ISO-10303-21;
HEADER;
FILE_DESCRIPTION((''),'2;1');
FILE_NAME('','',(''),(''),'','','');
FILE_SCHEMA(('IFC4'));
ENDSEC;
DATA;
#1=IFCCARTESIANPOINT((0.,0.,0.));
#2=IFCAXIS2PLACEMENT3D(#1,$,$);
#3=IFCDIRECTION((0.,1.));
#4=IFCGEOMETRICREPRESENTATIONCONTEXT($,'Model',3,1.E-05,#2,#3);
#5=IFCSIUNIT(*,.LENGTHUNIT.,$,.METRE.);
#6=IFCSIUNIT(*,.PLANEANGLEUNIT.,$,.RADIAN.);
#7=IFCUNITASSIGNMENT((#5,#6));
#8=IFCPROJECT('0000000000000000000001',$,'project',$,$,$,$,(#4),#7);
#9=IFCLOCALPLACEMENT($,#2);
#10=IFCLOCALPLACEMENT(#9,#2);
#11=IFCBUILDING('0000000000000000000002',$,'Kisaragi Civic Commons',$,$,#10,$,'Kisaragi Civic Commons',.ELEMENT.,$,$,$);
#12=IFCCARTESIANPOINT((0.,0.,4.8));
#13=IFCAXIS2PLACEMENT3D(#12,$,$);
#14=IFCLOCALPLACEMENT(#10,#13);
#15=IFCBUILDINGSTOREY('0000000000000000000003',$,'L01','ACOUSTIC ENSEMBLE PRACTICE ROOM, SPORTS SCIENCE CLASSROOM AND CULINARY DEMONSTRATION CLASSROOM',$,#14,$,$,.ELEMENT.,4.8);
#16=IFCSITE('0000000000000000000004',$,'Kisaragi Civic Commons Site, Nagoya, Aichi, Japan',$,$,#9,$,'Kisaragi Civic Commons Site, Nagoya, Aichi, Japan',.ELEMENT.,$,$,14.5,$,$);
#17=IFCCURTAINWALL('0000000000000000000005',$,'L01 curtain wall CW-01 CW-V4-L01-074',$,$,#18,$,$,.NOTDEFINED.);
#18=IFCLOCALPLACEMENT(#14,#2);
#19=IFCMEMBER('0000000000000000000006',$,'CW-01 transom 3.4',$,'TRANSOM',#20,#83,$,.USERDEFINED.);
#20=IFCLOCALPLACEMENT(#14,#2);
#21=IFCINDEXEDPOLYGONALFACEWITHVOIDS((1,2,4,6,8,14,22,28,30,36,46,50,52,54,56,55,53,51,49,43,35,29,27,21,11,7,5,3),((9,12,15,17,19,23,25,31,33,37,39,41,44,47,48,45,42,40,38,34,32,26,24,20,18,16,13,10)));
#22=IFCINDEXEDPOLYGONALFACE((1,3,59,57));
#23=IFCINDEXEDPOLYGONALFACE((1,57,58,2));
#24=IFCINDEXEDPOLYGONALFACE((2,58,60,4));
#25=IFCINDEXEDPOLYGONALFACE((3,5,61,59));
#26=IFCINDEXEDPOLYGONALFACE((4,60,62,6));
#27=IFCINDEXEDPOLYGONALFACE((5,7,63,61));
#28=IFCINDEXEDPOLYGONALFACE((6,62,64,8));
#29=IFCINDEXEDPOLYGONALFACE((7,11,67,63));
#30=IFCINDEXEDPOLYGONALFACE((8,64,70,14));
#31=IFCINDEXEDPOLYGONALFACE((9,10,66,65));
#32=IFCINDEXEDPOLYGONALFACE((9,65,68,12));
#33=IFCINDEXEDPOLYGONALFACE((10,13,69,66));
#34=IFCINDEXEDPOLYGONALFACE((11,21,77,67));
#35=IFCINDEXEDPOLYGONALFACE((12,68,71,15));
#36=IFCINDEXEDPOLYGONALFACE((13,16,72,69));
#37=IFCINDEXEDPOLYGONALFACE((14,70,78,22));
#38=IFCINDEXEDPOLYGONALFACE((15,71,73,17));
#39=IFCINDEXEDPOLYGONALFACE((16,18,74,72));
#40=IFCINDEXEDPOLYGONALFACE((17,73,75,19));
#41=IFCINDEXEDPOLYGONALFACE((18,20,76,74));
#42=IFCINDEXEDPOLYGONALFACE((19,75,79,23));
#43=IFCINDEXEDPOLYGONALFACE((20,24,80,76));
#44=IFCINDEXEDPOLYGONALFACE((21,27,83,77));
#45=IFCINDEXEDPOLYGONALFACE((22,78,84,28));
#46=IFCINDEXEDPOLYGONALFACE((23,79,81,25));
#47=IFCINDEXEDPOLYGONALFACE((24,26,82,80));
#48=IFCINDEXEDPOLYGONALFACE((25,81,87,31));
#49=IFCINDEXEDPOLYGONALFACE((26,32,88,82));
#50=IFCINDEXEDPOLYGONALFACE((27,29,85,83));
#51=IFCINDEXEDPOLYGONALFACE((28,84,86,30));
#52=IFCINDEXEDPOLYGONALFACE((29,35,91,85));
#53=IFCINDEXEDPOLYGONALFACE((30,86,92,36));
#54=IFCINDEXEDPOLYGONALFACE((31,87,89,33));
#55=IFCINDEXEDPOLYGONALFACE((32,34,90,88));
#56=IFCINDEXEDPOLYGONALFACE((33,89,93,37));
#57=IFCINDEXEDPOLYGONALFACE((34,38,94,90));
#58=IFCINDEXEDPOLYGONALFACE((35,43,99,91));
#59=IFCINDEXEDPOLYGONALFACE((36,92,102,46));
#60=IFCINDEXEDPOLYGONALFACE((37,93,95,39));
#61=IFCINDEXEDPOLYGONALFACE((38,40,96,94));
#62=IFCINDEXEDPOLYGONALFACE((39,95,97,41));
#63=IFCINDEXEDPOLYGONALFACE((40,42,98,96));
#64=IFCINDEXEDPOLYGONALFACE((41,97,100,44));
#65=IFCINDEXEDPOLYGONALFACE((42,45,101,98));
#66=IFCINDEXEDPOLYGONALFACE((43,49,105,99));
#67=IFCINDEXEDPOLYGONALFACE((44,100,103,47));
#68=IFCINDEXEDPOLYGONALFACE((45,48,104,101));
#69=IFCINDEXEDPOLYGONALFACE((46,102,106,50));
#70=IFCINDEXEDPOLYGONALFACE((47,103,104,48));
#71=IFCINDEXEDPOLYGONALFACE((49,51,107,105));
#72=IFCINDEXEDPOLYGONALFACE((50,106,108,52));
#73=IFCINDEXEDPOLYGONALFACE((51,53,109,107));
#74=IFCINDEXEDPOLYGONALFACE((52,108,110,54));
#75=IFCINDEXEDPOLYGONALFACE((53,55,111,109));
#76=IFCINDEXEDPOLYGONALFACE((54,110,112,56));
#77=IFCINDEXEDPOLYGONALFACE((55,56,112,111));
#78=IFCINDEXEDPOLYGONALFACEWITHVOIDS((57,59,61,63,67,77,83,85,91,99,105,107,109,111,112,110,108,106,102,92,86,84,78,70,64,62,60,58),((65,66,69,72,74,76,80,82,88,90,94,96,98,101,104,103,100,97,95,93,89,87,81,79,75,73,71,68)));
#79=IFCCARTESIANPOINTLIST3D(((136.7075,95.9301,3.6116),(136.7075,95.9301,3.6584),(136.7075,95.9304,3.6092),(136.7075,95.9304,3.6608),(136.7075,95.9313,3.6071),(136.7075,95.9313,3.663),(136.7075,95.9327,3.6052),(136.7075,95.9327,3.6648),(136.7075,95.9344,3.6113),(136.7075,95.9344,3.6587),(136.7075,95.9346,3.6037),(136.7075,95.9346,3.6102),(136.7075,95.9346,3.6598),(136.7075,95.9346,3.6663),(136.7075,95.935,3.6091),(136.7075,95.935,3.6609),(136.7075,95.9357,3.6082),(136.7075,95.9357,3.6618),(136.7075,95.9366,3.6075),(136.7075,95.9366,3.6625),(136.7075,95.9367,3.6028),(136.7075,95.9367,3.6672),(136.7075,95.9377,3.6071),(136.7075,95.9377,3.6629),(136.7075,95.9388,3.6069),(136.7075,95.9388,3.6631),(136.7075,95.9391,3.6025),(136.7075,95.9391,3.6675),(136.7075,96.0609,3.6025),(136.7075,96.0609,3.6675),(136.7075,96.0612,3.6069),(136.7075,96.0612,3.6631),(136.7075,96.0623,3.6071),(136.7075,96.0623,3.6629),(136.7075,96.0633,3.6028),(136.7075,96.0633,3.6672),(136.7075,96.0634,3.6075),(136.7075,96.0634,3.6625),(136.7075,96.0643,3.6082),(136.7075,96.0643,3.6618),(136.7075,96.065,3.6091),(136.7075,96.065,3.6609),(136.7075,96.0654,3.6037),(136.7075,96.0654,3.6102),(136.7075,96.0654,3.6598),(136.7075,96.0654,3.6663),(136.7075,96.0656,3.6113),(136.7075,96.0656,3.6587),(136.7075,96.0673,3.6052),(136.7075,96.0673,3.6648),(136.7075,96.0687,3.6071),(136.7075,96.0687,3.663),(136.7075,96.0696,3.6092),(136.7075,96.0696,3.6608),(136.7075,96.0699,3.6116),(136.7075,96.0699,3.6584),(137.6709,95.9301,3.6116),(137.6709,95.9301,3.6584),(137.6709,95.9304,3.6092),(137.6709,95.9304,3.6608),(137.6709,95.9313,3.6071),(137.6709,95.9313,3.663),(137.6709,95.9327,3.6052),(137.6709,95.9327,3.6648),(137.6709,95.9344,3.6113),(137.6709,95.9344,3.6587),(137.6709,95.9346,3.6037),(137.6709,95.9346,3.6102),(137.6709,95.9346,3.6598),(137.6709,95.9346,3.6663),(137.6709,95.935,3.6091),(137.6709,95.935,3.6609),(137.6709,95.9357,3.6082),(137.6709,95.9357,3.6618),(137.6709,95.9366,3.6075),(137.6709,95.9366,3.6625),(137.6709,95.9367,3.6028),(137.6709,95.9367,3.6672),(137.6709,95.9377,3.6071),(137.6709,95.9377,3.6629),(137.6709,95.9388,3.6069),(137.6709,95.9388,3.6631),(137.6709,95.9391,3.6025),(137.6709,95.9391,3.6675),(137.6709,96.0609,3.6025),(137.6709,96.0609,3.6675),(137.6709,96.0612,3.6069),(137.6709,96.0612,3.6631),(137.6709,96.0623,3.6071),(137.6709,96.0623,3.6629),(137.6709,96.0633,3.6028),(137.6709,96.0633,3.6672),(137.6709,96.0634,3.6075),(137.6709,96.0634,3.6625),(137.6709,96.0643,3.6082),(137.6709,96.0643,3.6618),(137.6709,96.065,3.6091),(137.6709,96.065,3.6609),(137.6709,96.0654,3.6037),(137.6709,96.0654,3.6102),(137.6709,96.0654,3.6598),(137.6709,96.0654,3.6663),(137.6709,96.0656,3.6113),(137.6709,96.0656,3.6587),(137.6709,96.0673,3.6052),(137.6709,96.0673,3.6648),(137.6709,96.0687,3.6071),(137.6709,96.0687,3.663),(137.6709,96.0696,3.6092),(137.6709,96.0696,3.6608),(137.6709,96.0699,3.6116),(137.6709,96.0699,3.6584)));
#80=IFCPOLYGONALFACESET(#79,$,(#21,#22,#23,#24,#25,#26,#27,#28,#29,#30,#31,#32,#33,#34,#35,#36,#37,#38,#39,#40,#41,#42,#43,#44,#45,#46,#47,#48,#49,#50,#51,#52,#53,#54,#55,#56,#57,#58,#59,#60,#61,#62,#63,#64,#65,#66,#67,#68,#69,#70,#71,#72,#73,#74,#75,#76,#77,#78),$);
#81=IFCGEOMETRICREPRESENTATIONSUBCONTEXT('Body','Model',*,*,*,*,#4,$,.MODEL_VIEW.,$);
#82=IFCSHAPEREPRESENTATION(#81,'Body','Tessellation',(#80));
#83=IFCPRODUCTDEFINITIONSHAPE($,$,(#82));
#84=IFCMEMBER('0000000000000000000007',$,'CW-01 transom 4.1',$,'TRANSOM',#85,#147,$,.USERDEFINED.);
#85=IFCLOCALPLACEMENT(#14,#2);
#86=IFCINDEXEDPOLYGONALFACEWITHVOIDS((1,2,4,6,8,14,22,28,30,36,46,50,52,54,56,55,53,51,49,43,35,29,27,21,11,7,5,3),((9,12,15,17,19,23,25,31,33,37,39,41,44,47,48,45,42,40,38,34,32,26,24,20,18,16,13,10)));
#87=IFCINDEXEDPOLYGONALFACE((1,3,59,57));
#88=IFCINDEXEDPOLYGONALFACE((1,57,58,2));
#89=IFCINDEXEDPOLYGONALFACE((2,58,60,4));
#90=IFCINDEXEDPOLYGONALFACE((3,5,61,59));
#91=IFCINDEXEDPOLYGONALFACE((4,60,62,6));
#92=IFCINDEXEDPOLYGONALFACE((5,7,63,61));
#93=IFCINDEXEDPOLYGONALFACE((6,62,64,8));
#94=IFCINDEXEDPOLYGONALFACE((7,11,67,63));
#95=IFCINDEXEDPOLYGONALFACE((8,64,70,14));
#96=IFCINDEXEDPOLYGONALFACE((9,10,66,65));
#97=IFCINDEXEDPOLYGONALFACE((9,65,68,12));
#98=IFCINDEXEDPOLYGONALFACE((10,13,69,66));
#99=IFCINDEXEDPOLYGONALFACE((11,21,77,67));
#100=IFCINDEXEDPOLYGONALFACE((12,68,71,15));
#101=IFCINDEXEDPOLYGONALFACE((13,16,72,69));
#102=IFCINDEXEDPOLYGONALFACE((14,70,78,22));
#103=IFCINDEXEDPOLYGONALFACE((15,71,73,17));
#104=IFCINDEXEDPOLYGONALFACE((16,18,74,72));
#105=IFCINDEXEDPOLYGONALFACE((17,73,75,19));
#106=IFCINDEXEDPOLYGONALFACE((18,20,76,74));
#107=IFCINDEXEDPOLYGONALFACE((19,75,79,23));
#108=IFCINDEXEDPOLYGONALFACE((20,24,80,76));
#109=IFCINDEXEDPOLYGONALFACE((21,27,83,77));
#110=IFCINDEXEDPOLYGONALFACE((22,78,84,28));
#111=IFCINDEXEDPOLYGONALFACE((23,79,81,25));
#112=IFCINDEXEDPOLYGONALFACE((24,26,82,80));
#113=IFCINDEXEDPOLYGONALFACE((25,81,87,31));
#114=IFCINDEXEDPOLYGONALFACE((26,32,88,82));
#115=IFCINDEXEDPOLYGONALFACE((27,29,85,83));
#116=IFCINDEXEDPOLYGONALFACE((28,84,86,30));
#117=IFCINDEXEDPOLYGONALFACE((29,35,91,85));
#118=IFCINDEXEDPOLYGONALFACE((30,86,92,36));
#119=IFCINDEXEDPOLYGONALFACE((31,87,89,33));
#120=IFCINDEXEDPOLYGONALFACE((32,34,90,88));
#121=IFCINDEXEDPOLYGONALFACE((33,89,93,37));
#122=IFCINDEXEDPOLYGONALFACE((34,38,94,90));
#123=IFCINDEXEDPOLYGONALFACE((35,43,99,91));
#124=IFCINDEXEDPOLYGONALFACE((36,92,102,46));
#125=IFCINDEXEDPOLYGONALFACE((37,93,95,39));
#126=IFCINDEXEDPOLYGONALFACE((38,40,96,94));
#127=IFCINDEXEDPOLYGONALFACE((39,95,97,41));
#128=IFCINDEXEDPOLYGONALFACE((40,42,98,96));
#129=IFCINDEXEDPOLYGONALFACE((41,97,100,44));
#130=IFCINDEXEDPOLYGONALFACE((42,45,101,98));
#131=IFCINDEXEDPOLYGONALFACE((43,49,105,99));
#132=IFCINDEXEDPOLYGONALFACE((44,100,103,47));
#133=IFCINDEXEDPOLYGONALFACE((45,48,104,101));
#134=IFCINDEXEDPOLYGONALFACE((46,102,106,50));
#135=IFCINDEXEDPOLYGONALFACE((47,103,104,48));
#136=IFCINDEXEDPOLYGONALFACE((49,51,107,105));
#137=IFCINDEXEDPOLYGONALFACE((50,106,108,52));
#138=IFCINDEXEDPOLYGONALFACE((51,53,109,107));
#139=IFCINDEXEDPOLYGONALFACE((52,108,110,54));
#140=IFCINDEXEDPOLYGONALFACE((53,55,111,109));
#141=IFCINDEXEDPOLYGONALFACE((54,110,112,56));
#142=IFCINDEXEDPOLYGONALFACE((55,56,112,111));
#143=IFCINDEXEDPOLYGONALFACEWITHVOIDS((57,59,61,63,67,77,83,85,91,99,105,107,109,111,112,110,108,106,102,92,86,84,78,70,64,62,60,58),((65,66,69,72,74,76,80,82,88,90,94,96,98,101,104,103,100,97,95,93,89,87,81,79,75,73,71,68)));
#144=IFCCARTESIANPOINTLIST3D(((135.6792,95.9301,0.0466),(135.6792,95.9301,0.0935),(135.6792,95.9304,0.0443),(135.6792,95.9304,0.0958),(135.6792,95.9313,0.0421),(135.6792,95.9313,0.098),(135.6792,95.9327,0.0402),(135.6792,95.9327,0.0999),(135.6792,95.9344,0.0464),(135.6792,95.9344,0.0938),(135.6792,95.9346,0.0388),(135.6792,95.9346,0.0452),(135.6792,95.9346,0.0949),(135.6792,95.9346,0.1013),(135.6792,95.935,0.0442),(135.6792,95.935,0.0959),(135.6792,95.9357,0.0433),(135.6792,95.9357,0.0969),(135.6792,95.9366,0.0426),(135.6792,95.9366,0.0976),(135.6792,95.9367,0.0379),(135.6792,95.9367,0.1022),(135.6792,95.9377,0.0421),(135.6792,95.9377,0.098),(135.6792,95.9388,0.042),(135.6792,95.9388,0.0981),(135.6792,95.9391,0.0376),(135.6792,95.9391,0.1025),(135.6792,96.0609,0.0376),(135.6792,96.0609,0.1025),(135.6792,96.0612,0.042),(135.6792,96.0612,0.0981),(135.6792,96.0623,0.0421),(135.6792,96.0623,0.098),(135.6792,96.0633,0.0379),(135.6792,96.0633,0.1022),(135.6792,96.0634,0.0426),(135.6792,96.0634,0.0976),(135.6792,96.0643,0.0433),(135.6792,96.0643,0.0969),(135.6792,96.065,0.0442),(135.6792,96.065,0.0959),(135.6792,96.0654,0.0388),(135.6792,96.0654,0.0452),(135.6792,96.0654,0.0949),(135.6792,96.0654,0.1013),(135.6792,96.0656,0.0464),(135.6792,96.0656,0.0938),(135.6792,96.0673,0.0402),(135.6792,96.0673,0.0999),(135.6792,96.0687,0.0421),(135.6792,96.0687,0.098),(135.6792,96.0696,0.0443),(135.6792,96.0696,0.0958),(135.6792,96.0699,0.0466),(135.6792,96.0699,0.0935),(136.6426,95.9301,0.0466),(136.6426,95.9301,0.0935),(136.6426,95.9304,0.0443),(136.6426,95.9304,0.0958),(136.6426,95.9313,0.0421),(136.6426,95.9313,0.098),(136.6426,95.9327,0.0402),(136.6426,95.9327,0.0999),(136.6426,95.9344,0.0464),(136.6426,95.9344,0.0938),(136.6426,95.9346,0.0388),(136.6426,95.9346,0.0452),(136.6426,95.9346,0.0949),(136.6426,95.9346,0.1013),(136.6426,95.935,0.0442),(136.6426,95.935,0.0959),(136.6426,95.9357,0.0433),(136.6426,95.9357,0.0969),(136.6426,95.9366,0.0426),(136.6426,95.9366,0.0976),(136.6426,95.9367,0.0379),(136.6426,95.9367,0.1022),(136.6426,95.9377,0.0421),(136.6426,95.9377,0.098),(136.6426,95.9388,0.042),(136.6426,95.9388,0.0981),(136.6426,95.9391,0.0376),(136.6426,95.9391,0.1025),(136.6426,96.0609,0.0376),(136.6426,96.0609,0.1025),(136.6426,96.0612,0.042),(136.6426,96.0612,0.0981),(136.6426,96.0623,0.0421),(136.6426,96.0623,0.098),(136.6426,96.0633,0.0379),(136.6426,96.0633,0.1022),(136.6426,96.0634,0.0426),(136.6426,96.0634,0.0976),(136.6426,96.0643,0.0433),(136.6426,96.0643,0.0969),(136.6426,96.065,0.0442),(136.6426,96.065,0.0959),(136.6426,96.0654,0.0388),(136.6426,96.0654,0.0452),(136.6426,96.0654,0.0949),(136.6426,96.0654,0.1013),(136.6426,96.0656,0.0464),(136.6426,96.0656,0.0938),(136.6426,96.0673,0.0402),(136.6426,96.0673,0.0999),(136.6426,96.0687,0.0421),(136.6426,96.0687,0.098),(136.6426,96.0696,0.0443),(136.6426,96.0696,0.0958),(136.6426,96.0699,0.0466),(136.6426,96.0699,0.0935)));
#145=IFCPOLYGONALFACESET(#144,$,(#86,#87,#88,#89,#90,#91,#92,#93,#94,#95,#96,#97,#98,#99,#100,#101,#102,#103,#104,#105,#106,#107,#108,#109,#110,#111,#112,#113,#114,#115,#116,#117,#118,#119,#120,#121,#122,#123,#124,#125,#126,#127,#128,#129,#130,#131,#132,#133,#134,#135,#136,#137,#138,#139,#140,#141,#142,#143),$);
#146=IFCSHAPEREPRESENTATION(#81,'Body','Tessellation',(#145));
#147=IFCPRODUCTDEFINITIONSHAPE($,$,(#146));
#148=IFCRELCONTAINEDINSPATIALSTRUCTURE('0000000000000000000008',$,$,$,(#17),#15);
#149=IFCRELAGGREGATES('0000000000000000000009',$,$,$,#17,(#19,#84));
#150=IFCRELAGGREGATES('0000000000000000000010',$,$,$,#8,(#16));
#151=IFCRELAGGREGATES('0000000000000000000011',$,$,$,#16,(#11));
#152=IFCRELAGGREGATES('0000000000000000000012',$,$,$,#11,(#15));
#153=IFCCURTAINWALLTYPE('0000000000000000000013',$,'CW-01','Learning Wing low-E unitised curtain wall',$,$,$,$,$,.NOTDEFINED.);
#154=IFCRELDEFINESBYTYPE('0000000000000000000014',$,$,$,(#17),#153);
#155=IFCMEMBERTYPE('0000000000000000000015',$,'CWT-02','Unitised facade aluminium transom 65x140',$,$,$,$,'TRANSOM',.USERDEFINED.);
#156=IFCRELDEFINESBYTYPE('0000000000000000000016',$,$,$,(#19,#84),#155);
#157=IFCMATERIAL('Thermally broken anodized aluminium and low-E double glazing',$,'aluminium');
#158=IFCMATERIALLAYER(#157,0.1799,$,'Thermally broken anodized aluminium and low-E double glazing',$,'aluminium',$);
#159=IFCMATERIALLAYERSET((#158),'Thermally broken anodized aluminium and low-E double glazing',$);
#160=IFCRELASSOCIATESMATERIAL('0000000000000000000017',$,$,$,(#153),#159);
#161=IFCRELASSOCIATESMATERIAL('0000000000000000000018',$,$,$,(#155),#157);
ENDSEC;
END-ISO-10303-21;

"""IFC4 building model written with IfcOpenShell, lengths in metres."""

from ifc_helpers import new_model, si_unit, direction, frame, origin, origin_2d, place, context, subcontext, project, spatial, hollow_rectangle, extrude, material, layer, layer_set, material_profile, profile_set, type_object, element, aggregate, save


model = new_model("IFC4")

# Units and contexts
model_context = context("Model", 3, precision=1e-05, world=origin(), true_north=direction((0.0, 1.0)))
body_context = subcontext(model_context, "Body", "Model", "MODEL_VIEW")
ifc_project = project(units=[si_unit("LENGTHUNIT", "METRE"), si_unit("PLANEANGLEUNIT", "RADIAN")], contexts=[model_context])

# Site, building, storey
site_placement = place(None, origin())
site = spatial("IfcSite", under=ifc_project, at=site_placement, Name="Kisaragi Civic Commons Site, Nagoya, Aichi, Japan", LongName="Kisaragi Civic Commons Site, Nagoya, Aichi, Japan", CompositionType="ELEMENT", RefElevation=14.5)
building_placement = place(site_placement, origin())
building = spatial("IfcBuilding", under=site, at=building_placement, Name="Kisaragi Civic Commons", LongName="Kisaragi Civic Commons", CompositionType="ELEMENT")
storey_placement = place(building_placement, frame((0.0, 0.0, 4.8)))
storey = spatial("IfcBuildingStorey", under=building, at=storey_placement, Name="L01", Description="ACOUSTIC ENSEMBLE PRACTICE ROOM, SPORTS SCIENCE CLASSROOM AND CULINARY DEMONSTRATION CLASSROOM", CompositionType="ELEMENT", Elevation=4.8)

# Curtain wall, members
ifc_material = material(Name="Thermally broken anodized aluminium and low-E double glazing", Category="aluminium")
ifc_layer_1 = layer(ifc_material, 0.1799, Name="Thermally broken anodized aluminium and low-E double glazing", Category="aluminium")
ifc_layer_set_1 = layer_set([ifc_layer_1], Name="Thermally broken anodized aluminium and low-E double glazing")
curtain_wall_type = type_object("IfcCurtainWallType", Name="CW-01", Description="Learning Wing low-E unitised curtain wall", PredefinedType="NOTDEFINED", material=ifc_layer_set_1)
curtain_wall_placement = place(storey_placement, origin())
curtain_wall = element("IfcCurtainWall", 1, at=curtain_wall_placement, inside=storey, type_object=curtain_wall_type, Name="L01 curtain wall CW-01 CW-V4-L01-074", PredefinedType="NOTDEFINED")
ifc_material_profile_1 = material_profile(ifc_material, hollow_rectangle(XDim=0.1399, YDim=0.0649, WallThickness=0.0044, InnerFilletRadius=0.0044, OuterFilletRadius=0.009, at=origin_2d()), Name="CWT-65x140x4.5", Category="aluminium")
ifc_profile_set_1 = profile_set([ifc_material_profile_1], Name="Thermally broken anodized aluminium and low-E double glazing")
member_type_1 = type_object("IfcMemberType", Name="CWT-02", Description="Unitised facade aluminium transom 65x140", ElementType="TRANSOM", PredefinedType="USERDEFINED", material=ifc_profile_set_1)
member_1_placement = place(storey_placement, frame((137.6709, 96.0, 3.635), z_axis=(-1.0, 0.0, 0.0), x_axis=(0.0, -1.0, 0.0)))
member_1 = element("IfcMember", 2, at=member_1_placement, type_object=member_type_1, Name="CW-01 transom 3.4", ObjectType="TRANSOM", PredefinedType="USERDEFINED", context=body_context, shape_type="SweptSolid", body=[
    extrude(hollow_rectangle(XDim=0.1399, YDim=0.0649, WallThickness=0.0044, InnerFilletRadius=0.0044, OuterFilletRadius=0.009, at=origin_2d()), origin(), (0.0, 0.0, 1.0), 0.9634),
])
member_2_placement = place(storey_placement, frame((136.6426, 96.0, 0.0701), z_axis=(-1.0, 0.0, 0.0), x_axis=(0.0, -1.0, 0.0)))
member_2 = element("IfcMember", 3, at=member_2_placement, type_object=member_type_1, Name="CW-01 transom 4.1", ObjectType="TRANSOM", PredefinedType="USERDEFINED", context=body_context, shape_type="SweptSolid", body=[
    extrude(hollow_rectangle(XDim=0.1399, YDim=0.0649, WallThickness=0.0044, InnerFilletRadius=0.0044, OuterFilletRadius=0.009, at=origin_2d()), origin(), (0.0, 0.0, 1.0), 0.9634),
])
aggregate(curtain_wall, [member_1, member_2])

save(model, "model.ifc")
